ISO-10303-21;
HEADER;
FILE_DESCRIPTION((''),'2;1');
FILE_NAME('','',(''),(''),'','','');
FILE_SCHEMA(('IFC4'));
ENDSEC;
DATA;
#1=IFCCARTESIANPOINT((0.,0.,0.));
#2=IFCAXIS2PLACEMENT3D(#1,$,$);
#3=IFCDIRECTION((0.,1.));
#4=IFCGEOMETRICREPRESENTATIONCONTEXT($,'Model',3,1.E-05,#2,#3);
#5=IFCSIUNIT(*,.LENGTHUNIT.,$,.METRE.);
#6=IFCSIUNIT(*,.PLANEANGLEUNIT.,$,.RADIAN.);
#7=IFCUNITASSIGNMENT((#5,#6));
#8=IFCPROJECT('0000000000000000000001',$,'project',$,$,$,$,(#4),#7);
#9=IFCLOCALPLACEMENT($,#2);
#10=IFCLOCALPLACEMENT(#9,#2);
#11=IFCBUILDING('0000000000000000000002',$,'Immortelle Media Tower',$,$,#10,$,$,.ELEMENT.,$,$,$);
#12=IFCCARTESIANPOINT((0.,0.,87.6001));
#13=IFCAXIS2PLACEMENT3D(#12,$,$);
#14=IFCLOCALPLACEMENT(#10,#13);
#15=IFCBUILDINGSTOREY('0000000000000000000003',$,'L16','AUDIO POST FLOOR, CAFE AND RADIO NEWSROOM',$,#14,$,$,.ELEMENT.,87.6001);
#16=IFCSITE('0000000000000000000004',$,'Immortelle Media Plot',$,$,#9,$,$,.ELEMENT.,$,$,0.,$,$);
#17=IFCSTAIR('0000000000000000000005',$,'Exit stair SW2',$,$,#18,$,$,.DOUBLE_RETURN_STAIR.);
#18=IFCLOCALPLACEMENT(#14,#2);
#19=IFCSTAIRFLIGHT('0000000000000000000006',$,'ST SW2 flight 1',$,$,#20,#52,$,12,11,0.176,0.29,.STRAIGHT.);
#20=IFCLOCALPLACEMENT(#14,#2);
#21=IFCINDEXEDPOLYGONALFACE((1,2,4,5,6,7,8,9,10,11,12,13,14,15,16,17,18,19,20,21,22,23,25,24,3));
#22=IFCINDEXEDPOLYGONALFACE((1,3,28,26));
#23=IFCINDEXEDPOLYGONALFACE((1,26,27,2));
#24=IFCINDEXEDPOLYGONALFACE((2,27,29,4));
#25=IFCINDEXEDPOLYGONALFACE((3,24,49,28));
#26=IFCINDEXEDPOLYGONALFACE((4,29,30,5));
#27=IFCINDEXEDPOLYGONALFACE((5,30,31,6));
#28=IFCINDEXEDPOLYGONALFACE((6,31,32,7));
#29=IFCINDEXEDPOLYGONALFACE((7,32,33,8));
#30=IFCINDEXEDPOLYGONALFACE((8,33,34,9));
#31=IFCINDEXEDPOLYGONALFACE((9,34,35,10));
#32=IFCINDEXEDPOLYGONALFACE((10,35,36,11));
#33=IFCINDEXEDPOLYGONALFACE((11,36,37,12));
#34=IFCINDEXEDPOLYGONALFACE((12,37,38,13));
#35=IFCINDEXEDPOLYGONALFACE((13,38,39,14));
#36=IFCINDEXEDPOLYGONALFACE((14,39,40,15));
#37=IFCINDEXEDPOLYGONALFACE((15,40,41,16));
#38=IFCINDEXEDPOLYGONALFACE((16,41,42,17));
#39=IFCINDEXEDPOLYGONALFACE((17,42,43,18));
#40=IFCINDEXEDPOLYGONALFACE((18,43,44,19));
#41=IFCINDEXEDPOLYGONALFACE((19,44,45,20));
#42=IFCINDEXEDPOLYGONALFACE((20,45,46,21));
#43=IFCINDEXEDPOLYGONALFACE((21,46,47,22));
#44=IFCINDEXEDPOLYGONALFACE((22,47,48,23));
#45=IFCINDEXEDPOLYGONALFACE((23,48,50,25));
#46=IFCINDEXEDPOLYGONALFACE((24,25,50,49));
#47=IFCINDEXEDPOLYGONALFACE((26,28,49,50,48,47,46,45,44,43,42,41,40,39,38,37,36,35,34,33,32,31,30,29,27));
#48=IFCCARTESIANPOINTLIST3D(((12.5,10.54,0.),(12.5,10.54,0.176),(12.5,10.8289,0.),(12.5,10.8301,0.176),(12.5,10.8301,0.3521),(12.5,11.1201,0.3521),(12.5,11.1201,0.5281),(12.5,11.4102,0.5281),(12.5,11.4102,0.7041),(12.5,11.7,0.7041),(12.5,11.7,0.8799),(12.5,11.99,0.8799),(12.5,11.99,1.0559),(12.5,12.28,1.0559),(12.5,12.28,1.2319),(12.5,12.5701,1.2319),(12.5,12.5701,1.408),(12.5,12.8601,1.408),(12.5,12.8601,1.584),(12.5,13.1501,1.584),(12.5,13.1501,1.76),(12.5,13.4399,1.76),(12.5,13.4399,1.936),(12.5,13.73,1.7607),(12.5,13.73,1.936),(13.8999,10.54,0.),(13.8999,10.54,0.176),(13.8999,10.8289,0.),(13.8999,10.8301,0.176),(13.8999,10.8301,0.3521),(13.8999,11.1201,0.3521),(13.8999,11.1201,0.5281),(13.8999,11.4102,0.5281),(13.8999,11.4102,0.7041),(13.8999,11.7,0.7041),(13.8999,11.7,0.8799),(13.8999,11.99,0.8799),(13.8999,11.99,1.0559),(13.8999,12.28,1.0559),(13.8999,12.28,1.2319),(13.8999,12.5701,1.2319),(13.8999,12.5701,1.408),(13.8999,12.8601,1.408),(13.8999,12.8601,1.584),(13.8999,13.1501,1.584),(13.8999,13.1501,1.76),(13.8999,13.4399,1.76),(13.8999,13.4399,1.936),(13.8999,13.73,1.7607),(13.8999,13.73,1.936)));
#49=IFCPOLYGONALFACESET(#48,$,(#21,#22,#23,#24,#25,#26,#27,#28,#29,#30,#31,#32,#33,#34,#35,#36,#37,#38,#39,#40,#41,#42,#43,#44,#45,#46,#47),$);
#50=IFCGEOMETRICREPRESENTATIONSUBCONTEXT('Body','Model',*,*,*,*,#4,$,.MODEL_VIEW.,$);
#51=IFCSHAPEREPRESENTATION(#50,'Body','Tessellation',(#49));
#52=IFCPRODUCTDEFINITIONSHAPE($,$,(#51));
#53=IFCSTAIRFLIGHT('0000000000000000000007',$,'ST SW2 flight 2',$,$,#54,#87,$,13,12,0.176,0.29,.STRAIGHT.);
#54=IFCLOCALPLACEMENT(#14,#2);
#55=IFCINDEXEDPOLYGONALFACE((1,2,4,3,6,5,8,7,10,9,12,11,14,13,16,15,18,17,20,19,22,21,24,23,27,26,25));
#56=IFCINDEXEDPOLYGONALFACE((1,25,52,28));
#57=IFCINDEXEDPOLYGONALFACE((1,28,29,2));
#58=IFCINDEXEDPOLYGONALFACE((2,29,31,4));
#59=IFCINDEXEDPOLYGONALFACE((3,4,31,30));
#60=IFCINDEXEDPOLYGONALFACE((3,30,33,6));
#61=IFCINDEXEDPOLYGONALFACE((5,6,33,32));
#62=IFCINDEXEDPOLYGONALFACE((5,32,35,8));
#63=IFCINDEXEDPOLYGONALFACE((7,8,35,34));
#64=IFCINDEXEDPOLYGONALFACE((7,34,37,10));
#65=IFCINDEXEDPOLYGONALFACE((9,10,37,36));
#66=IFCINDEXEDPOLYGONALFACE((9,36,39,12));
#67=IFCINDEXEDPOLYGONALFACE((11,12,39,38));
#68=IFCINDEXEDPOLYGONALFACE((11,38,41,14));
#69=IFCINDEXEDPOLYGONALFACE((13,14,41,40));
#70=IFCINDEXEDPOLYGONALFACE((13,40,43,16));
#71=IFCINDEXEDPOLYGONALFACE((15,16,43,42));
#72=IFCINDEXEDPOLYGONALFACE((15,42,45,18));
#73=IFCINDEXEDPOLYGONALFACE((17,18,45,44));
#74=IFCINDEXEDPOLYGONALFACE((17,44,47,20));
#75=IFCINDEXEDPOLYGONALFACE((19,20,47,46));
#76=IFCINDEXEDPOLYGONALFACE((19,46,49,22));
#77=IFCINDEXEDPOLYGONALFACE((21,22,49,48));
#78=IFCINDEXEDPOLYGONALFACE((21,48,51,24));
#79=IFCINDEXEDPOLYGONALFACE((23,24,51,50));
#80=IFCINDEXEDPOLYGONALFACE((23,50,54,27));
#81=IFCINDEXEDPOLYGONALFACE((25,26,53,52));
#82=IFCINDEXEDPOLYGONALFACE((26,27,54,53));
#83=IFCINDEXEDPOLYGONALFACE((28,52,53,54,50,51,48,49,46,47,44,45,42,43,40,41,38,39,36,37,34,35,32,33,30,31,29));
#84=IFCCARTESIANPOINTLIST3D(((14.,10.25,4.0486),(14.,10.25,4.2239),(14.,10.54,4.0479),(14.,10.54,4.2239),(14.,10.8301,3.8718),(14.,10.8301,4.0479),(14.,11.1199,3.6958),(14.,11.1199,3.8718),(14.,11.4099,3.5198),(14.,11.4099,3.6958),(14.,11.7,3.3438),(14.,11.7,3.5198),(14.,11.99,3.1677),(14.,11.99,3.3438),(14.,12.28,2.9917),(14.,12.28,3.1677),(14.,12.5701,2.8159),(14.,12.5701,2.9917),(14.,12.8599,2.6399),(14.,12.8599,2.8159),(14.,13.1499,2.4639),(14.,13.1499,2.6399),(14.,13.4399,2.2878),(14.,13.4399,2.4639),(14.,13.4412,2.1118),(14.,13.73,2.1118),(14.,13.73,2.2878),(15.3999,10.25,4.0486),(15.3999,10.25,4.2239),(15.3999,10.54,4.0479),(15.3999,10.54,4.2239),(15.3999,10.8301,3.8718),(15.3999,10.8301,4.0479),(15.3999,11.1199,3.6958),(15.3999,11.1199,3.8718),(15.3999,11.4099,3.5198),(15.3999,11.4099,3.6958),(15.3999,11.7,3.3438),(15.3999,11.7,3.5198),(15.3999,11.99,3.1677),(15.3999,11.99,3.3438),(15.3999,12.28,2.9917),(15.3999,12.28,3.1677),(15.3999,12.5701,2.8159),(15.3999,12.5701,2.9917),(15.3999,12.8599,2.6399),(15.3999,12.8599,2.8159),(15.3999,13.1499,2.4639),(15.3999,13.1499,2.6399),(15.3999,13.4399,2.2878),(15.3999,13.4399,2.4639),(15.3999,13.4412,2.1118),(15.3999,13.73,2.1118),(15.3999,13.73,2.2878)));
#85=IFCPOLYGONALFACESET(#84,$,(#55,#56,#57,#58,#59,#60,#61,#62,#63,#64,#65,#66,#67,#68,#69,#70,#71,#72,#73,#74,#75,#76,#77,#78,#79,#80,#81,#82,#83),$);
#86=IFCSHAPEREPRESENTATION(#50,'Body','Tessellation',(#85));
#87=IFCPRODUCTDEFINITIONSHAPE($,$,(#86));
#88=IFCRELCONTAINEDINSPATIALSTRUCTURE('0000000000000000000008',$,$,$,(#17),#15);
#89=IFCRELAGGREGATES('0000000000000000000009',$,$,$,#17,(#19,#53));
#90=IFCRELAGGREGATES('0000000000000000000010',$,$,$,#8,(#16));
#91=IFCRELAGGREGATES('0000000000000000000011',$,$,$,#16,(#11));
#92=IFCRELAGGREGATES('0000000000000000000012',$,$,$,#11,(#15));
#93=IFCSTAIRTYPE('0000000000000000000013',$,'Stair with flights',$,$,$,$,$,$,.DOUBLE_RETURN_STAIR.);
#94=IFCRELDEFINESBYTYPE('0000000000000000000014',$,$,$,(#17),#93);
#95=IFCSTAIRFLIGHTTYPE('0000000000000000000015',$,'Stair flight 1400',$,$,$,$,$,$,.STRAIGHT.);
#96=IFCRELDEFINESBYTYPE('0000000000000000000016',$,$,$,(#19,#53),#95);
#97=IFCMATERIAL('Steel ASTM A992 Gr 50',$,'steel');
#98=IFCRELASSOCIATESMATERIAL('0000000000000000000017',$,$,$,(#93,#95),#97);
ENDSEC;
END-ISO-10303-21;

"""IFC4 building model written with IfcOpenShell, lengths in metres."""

from ifc_helpers import new_model, si_unit, direction, frame, origin, place, context, subcontext, project, spatial, polyline, outline, extrude, material, type_object, element, aggregate, save


model = new_model("IFC4")

# Units and contexts
model_context = context("Model", 3, precision=1e-05, world=origin(), true_north=direction((0.0, 1.0)))
body_context = subcontext(model_context, "Body", "Model", "MODEL_VIEW")
ifc_project = project(units=[si_unit("LENGTHUNIT", "METRE"), si_unit("PLANEANGLEUNIT", "RADIAN")], contexts=[model_context])

# Site, building, storey
site_placement = place(None, origin())
site = spatial("IfcSite", under=ifc_project, at=site_placement, Name="Immortelle Media Plot", CompositionType="ELEMENT", RefElevation=0.0)
building_placement = place(site_placement, origin())
building = spatial("IfcBuilding", under=site, at=building_placement, Name="Immortelle Media Tower", CompositionType="ELEMENT")
storey_placement = place(building_placement, frame((0.0, 0.0, 87.6001)))
storey = spatial("IfcBuildingStorey", under=building, at=storey_placement, Name="L16", Description="AUDIO POST FLOOR, CAFE AND RADIO NEWSROOM", CompositionType="ELEMENT", Elevation=87.6001)

# Shared definitions
ifc_material_1 = material(Name="Steel ASTM A992 Gr 50", Category="steel")

# Stair, stair flights
stair_type = type_object("IfcStairType", Name="Stair with flights", PredefinedType="DOUBLE_RETURN_STAIR", material=ifc_material_1)
stair_flight_type = type_object("IfcStairFlightType", Name="Stair flight 1400", PredefinedType="STRAIGHT", material=ifc_material_1)
stair_1_placement = place(storey_placement, origin())
stair_1 = element("IfcStair", 1, at=stair_1_placement, inside=storey, type_object=stair_type, Name="Exit stair SW2", PredefinedType="DOUBLE_RETURN_STAIR")
stair_flight_1_placement = place(storey_placement, frame((13.2, 10.54, 0.0), z_axis=(0.0, 0.0, 1.0), x_axis=(0.0, 1.0, 0.0)))
stair_flight_1 = element("IfcStairFlight", 2, at=stair_flight_1_placement, type_object=stair_flight_type, Name="ST SW2 flight 1", NumberOfRisers=12, NumberOfTreads=11, PredefinedType="STRAIGHT", RiserHeight=0.176, TreadLength=0.29, context=body_context, shape_type="SweptSolid", body=[
    extrude(outline(polyline([(0.0, 0.0), (0.0, 0.176), (0.29, 0.176), (0.29, 0.3521), (0.5801, 0.3521), (0.5801, 0.5281), (0.8701, 0.5281), (0.8701, 0.7041), (1.1599, 0.7041), (1.1599, 0.8799), (1.45, 0.8799), (1.45, 1.0559), (1.74, 1.0559), (1.74, 1.2319), (2.03, 1.2319), (2.03, 1.408), (2.3201, 1.408), (2.3201, 1.584), (2.6101, 1.584), (2.6101, 1.76), (2.8999, 1.76), (2.8999, 1.936), (3.1899, 1.936), (3.1899, 2.1121), (3.1899, 1.7607), (0.2888, 0.0), (0.0, 0.0)])), frame((0.0, 0.7, 0.0), z_axis=(0.0, -1.0, 0.0), x_axis=(1.0, 0.0, 0.0)), (0.0, 0.0, 1.0), 1.3999),
])
stair_flight_2_placement = place(storey_placement, frame((14.7, 13.73, 2.1118), z_axis=(0.0, 0.0, 1.0), x_axis=(0.0, -1.0, 0.0)))
stair_flight_2 = element("IfcStairFlight", 3, at=stair_flight_2_placement, type_object=stair_flight_type, Name="ST SW2 flight 2", NumberOfRisers=13, NumberOfTreads=12, PredefinedType="STRAIGHT", RiserHeight=0.176, TreadLength=0.29, context=body_context, shape_type="SweptSolid", body=[
    extrude(outline(polyline([(0.0, 0.0), (0.0, 0.176), (0.29, 0.176), (0.29, 0.3521), (0.5801, 0.3521), (0.5801, 0.5281), (0.8701, 0.5281), (0.8701, 0.7041), (1.1599, 0.7041), (1.1599, 0.8799), (1.45, 0.8799), (1.45, 1.0559), (1.74, 1.0559), (1.74, 1.2319), (2.03, 1.2319), (2.03, 1.408), (2.3201, 1.408), (2.3201, 1.584), (2.6101, 1.584), (2.6101, 1.76), (2.8999, 1.76), (2.8999, 1.936), (3.1899, 1.936), (3.1899, 2.1121), (3.48, 2.1121), (3.48, 2.2881), (3.48, 1.9368), (0.2888, 0.0), (0.0, 0.0)])), frame((0.0, 0.7, 0.0), z_axis=(0.0, -1.0, 0.0), x_axis=(1.0, 0.0, 0.0)), (0.0, 0.0, 1.0), 1.3999),
])
aggregate(stair_1, [stair_flight_1, stair_flight_2])

save(model, "model.ifc")
